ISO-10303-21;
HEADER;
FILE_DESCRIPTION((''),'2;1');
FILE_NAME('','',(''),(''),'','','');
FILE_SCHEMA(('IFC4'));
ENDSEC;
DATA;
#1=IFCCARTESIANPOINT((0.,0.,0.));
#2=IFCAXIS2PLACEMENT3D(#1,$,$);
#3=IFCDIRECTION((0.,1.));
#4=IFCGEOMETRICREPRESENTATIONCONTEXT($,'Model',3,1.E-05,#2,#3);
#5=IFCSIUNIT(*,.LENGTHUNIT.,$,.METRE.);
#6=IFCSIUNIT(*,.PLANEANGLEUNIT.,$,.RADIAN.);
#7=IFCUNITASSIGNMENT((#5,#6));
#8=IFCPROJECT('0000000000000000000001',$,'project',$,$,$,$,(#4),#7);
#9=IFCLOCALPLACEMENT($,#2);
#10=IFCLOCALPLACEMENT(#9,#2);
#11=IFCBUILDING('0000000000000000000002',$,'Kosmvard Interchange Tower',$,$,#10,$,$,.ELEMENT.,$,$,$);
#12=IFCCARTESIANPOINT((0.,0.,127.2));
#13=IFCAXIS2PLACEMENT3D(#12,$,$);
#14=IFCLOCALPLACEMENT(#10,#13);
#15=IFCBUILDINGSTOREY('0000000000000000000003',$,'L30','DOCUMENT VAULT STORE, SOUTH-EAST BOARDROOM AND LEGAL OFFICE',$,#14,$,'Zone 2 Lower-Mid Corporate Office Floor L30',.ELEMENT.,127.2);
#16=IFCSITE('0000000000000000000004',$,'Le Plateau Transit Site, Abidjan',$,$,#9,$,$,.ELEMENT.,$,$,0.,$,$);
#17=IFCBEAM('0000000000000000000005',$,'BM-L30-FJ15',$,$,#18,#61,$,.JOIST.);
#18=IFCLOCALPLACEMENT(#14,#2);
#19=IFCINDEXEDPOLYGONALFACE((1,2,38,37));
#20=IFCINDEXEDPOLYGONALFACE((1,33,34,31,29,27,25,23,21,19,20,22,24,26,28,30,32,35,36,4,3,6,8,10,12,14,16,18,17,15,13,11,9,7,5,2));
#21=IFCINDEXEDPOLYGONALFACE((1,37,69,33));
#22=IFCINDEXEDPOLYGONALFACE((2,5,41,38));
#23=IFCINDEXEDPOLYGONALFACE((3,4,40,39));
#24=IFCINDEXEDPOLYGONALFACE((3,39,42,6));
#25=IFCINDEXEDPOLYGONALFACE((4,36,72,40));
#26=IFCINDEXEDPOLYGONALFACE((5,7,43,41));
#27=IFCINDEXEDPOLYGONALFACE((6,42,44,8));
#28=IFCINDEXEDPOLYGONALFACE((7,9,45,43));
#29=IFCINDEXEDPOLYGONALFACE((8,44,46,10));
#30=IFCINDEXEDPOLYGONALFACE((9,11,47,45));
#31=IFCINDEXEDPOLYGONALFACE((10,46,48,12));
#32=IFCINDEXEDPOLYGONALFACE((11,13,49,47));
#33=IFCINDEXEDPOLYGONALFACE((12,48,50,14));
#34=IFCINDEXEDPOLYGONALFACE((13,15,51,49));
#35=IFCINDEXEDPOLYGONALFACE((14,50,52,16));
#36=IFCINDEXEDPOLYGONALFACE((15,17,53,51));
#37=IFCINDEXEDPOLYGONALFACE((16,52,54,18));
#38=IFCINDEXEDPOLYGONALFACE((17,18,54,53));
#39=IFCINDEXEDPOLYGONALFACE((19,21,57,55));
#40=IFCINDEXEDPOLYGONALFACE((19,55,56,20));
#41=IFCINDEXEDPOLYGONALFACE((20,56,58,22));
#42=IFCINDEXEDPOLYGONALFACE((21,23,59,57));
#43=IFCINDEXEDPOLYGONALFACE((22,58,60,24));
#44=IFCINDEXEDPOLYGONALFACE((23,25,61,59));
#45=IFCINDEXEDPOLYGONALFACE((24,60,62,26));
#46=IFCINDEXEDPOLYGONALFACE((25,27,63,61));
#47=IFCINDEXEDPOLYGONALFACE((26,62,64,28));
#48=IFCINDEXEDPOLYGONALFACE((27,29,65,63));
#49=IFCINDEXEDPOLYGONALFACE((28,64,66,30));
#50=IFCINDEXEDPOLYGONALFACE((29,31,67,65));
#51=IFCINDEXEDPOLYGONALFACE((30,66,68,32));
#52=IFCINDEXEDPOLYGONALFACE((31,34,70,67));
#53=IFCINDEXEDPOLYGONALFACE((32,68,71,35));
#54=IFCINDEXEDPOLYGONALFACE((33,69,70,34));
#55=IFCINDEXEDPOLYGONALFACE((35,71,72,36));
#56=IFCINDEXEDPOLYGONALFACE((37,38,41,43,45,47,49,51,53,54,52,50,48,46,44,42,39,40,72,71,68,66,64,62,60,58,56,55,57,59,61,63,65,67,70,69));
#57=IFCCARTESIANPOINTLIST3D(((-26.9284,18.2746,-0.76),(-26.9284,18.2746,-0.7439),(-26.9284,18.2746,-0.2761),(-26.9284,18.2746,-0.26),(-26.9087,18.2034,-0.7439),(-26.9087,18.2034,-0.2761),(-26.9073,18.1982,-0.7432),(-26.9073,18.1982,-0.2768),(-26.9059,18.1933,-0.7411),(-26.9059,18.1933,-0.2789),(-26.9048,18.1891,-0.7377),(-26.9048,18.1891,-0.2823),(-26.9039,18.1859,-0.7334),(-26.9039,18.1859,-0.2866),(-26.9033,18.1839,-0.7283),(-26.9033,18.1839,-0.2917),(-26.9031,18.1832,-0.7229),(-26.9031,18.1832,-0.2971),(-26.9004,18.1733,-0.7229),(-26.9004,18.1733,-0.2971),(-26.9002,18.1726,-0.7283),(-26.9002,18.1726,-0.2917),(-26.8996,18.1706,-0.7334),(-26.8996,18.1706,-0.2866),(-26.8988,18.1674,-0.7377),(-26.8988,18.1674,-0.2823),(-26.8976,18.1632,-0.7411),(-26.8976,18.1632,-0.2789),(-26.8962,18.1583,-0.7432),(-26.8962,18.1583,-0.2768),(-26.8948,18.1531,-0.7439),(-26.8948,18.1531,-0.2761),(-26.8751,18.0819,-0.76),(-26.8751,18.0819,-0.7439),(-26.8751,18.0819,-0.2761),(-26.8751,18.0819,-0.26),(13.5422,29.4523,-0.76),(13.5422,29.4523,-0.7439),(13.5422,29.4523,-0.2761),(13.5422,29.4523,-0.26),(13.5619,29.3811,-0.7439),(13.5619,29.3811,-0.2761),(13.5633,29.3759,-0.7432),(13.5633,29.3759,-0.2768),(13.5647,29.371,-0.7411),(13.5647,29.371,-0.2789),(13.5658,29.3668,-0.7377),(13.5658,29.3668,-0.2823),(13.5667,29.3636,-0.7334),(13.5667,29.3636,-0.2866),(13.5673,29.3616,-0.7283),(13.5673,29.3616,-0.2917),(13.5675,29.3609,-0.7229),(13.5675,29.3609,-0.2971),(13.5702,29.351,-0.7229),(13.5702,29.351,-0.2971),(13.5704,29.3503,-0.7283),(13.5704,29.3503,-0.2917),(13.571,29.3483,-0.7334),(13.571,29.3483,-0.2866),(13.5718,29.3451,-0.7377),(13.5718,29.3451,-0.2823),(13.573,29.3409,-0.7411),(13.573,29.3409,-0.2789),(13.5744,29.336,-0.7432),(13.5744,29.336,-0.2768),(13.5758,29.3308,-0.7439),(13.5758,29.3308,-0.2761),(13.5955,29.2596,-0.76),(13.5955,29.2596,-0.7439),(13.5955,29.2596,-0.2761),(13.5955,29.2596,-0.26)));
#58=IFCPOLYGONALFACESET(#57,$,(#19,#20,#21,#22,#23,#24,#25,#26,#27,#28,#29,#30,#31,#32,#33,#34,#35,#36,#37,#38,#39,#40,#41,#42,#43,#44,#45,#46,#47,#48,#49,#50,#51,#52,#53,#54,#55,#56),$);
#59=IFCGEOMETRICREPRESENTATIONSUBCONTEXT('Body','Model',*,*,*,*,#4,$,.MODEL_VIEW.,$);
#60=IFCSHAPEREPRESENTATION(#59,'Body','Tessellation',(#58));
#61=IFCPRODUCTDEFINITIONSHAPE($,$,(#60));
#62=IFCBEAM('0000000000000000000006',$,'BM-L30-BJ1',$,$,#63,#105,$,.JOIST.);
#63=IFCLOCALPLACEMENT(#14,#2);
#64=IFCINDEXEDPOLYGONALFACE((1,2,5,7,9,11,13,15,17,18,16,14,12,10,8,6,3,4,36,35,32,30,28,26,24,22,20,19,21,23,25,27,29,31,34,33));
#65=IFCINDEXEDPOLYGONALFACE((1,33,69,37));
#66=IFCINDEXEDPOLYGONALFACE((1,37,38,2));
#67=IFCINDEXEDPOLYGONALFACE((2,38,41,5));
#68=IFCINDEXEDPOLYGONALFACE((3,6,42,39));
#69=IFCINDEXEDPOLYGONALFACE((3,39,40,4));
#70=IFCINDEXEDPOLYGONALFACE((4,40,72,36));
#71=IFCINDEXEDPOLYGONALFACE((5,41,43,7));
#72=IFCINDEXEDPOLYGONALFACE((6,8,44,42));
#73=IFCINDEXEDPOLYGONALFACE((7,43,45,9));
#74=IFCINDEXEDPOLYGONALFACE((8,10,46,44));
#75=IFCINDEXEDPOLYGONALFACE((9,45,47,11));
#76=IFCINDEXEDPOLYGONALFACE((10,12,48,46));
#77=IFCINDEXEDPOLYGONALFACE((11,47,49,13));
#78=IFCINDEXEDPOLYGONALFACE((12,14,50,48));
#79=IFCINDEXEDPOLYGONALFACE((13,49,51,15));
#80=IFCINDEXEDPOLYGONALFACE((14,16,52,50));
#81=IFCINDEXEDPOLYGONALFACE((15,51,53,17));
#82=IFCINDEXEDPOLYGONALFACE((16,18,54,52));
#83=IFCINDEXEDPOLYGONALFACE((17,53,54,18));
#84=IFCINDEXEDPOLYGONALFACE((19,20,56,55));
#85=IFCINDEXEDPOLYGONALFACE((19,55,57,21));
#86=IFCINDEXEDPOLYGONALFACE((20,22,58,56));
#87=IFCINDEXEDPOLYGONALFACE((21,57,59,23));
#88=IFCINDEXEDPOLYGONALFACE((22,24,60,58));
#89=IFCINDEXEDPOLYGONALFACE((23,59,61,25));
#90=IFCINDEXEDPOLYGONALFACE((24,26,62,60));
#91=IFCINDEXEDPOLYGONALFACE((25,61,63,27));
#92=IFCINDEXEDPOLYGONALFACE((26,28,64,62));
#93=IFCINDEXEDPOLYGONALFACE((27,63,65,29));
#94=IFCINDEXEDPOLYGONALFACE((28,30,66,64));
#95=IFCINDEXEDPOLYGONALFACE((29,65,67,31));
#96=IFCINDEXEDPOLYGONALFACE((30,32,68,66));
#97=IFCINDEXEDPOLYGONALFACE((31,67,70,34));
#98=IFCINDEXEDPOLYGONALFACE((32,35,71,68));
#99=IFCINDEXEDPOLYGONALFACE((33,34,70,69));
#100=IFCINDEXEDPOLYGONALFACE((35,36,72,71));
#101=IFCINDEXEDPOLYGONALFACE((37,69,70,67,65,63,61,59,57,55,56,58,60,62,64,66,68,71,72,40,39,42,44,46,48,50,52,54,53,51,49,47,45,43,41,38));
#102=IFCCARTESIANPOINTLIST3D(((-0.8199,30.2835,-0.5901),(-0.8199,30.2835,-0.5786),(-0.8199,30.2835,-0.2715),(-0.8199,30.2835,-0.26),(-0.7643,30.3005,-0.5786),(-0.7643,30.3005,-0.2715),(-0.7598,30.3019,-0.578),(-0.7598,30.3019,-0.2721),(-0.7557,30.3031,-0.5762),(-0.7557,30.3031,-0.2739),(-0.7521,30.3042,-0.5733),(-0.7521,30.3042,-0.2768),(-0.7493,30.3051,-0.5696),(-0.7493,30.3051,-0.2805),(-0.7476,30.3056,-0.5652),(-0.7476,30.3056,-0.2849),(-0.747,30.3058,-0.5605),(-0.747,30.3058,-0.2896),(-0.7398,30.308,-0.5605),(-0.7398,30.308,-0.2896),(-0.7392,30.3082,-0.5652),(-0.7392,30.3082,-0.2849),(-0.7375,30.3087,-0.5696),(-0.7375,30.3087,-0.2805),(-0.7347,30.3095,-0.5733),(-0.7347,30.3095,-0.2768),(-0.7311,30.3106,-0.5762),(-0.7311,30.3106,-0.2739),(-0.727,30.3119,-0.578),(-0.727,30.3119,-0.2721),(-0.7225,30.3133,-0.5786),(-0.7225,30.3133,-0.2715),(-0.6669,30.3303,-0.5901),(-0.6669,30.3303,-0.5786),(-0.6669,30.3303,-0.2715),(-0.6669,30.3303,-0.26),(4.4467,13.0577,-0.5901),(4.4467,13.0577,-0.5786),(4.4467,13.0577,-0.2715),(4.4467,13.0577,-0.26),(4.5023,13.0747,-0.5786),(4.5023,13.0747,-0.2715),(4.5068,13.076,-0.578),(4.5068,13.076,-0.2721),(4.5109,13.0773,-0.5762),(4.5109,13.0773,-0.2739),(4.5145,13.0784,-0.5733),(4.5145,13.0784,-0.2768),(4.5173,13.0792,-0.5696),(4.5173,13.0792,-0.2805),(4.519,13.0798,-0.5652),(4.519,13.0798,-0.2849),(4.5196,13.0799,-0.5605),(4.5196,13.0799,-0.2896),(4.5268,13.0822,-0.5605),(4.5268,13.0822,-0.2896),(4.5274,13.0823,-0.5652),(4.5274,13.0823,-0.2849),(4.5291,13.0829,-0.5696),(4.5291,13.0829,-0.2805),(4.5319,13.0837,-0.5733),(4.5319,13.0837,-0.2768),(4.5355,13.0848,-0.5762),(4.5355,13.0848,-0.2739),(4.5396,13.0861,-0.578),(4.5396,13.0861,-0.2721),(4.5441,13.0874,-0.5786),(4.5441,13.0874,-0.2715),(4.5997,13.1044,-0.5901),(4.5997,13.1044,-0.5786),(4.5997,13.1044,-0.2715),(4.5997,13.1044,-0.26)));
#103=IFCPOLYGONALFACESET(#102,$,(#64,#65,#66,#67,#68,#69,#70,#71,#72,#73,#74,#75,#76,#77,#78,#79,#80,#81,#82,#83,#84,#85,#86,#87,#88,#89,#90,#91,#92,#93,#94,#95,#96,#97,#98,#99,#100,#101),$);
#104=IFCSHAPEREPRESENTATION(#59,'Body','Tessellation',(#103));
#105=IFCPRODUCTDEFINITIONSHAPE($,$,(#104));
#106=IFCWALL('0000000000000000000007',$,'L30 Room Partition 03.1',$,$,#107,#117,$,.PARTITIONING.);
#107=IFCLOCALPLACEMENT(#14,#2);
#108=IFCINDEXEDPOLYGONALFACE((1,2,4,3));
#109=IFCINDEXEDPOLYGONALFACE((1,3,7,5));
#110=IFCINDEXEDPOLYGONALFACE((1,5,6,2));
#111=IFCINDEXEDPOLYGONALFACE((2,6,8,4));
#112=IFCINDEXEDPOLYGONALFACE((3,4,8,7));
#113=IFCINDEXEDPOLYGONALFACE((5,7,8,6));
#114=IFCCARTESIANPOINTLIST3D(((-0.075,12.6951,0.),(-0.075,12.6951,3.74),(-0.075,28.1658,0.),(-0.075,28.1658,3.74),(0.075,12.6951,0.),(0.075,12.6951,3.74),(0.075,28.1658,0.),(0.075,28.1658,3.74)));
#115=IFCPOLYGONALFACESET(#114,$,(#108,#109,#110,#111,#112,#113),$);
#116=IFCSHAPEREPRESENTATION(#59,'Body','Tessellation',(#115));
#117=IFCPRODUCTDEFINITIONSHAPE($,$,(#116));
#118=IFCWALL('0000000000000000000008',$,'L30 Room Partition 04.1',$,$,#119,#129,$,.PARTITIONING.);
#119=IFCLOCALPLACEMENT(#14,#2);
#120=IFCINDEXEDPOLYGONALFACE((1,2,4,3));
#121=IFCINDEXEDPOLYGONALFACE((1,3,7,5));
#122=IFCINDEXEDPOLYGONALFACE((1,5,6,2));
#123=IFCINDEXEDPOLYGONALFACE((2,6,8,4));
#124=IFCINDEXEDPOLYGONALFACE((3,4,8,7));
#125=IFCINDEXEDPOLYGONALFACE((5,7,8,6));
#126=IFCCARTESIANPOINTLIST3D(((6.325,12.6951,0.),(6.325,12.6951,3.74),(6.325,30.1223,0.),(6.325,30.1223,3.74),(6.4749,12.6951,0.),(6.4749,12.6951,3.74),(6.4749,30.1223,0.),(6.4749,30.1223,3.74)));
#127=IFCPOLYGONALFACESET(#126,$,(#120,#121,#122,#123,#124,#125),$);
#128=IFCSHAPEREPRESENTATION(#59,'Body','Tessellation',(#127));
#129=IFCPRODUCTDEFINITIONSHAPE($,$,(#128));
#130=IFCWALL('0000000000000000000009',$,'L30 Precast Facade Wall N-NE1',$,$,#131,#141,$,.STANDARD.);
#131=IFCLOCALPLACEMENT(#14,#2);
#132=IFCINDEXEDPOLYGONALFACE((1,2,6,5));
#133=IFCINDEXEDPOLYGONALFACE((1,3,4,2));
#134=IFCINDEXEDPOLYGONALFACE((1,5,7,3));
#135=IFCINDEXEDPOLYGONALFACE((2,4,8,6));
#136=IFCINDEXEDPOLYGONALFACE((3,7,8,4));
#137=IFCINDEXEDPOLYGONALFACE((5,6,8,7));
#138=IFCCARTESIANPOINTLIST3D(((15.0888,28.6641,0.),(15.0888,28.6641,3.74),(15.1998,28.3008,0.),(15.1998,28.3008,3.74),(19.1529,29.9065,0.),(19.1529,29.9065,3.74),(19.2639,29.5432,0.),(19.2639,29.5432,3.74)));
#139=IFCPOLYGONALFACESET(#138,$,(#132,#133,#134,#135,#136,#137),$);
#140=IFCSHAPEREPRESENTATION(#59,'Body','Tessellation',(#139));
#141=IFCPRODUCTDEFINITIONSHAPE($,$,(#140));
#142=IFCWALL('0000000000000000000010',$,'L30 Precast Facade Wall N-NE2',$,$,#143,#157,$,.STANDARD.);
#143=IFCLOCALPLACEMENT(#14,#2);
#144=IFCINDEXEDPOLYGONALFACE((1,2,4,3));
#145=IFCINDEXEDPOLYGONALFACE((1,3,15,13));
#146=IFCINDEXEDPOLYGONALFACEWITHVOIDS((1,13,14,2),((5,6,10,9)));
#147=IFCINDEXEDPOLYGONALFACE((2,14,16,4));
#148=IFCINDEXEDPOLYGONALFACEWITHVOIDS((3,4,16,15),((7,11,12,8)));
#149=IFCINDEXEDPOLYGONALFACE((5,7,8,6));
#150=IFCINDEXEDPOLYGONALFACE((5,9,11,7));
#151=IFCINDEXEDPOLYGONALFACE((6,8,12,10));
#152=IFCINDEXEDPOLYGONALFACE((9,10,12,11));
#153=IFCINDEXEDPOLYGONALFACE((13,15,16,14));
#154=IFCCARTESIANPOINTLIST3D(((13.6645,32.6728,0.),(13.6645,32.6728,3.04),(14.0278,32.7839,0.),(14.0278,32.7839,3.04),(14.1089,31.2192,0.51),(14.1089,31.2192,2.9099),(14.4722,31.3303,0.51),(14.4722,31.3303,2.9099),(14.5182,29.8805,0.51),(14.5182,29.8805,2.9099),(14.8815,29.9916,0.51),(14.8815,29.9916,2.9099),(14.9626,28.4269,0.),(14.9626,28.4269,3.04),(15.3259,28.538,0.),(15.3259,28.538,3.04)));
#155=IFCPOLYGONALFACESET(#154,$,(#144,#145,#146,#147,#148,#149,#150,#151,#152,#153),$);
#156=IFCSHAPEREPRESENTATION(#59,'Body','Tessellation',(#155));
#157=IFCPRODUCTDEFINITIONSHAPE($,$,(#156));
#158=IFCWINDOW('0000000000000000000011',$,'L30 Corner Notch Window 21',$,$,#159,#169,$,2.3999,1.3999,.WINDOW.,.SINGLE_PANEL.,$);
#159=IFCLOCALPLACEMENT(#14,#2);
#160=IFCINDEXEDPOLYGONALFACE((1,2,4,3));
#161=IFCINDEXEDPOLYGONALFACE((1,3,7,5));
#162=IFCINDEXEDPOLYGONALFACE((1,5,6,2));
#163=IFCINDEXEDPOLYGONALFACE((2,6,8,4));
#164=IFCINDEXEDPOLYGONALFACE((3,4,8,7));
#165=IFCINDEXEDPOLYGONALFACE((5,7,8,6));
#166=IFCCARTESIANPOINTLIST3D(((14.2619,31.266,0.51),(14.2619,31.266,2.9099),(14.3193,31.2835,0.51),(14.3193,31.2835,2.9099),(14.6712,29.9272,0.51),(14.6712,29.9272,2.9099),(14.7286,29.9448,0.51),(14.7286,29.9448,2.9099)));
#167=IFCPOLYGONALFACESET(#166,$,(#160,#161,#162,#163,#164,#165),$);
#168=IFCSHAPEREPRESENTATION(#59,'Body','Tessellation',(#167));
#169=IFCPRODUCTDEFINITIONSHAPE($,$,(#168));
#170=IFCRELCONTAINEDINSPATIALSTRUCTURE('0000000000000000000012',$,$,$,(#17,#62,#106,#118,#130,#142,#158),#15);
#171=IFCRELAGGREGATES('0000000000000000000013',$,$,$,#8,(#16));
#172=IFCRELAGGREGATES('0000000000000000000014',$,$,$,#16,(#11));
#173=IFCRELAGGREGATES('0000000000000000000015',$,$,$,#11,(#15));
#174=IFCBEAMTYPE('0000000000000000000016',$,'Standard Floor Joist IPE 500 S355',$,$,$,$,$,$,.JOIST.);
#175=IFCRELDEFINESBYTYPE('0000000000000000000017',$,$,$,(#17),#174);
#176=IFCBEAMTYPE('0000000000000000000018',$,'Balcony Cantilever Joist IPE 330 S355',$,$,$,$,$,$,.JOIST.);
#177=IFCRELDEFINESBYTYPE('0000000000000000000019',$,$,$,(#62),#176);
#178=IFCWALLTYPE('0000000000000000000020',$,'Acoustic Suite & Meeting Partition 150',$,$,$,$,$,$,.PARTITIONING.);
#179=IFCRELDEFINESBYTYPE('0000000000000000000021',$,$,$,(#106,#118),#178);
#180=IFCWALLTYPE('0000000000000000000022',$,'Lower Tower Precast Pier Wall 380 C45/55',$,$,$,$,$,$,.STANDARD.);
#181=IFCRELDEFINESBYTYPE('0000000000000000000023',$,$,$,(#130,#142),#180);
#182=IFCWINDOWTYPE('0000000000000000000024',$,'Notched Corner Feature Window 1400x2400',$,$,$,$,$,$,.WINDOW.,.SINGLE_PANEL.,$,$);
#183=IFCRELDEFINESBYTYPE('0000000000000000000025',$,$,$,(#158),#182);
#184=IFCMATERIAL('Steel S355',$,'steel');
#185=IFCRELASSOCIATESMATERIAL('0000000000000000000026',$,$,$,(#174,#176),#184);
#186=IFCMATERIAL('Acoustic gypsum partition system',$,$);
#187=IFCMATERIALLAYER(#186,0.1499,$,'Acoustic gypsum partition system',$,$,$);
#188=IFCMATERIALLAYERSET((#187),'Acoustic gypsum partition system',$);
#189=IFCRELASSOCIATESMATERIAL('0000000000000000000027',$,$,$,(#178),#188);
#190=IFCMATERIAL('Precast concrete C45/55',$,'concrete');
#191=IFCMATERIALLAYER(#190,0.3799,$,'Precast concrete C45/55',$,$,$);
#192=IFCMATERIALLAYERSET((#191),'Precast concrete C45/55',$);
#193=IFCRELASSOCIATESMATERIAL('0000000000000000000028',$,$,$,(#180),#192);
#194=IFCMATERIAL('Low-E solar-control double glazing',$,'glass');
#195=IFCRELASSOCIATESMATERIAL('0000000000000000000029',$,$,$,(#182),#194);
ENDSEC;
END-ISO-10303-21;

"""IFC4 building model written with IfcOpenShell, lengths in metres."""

from ifc_helpers import new_model, si_unit, direction, frame, frame_2d, origin, origin_2d, place, context, subcontext, project, spatial, rectangle, i_section, extrude, source, transform, mapped, material, layer, layer_set, material_profile, profile_set, type_object, element, fill, save


model = new_model("IFC4")

# Units and contexts
model_context = context("Model", 3, precision=1e-05, world=origin(), true_north=direction((0.0, 1.0)))
body_context = subcontext(model_context, "Body", "Model", "MODEL_VIEW")
ifc_project = project(units=[si_unit("LENGTHUNIT", "METRE"), si_unit("PLANEANGLEUNIT", "RADIAN")], contexts=[model_context])

# Site, building, storey
site_placement = place(None, origin())
site = spatial("IfcSite", under=ifc_project, at=site_placement, Name="Le Plateau Transit Site, Abidjan", CompositionType="ELEMENT", RefElevation=0.0)
building_placement = place(site_placement, origin())
building = spatial("IfcBuilding", under=site, at=building_placement, Name="Kosmvard Interchange Tower", CompositionType="ELEMENT")
storey_placement = place(building_placement, frame((0.0, 0.0, 127.2)))
storey = spatial("IfcBuildingStorey", under=building, at=storey_placement, Name="L30", Description="DOCUMENT VAULT STORE, SOUTH-EAST BOARDROOM AND LEGAL OFFICE", LongName="Zone 2 Lower-Mid Corporate Office Floor L30", CompositionType="ELEMENT", Elevation=127.2)

# Beams
ifc_material_1 = material(Name="Steel S355", Category="steel")
ifc_material_2 = material(Name="Precast concrete C45/55", Category="concrete")
ifc_material_profile_1 = material_profile(ifc_material_1, i_section(OverallWidth=0.2, OverallDepth=0.5, WebThickness=0.0103, FlangeThickness=0.0161, FilletRadius=0.021, at=origin_2d()), Name="IPE 500")
ifc_profile_set_1 = profile_set([ifc_material_profile_1], Name="Steel S355")
beam_type_1 = type_object("IfcBeamType", Name="Standard Floor Joist IPE 500 S355", PredefinedType="JOIST", material=ifc_profile_set_1)
shared_shape_1 = source(origin(), body_context, "Body", "SweptSolid", [
    extrude(i_section(OverallWidth=0.2, OverallDepth=0.5, WebThickness=0.0103, FlangeThickness=0.0161, FilletRadius=0.021, at=origin_2d()), origin(), (0.0, 0.0, 1.0), 41.9858),
])
beam_1_placement = place(storey_placement, frame((13.5688, 29.356, -0.51), z_axis=(-0.963911, -0.266226, 0.0), x_axis=(0.266226, -0.963911, 0.0)))
element("IfcBeam", 1, at=beam_1_placement, inside=storey, type_object=beam_type_1, Name="BM-L30-FJ15", PredefinedType="JOIST", context=body_context, shape_type="MappedRepresentation", body=[
    mapped(shared_shape_1, transform((0.0, 0.0, 0.0), scale=1.0)),
])
ifc_material_profile_2 = material_profile(ifc_material_1, i_section(OverallWidth=0.1599, OverallDepth=0.3301, WebThickness=0.0076, FlangeThickness=0.0115, FilletRadius=0.0181, at=origin_2d()), Name="IPE 330")
ifc_profile_set_2 = profile_set([ifc_material_profile_2], Name="Steel S355")
beam_type_2 = type_object("IfcBeamType", Name="Balcony Cantilever Joist IPE 330 S355", PredefinedType="JOIST", material=ifc_profile_set_2)
shared_shape_2 = source(origin(), body_context, "Body", "SweptSolid", [
    extrude(i_section(OverallWidth=0.1599, OverallDepth=0.3301, WebThickness=0.0076, FlangeThickness=0.0115, FilletRadius=0.0181, at=origin_2d()), origin(), (0.0, 0.0, 1.0), 18.0129),
])
beam_2_placement = place(storey_placement, frame((4.5232, 13.0811, -0.425), z_axis=(-0.292379, 0.956303, 0.0), x_axis=(-0.956303, -0.292379, 0.0)))
element("IfcBeam", 2, at=beam_2_placement, inside=storey, type_object=beam_type_2, Name="BM-L30-BJ1", PredefinedType="JOIST", context=body_context, shape_type="MappedRepresentation", body=[
    mapped(shared_shape_2, transform((0.0, 0.0, 0.0), scale=1.0)),
])

# Walls
ifc_material_3 = material(Name="Acoustic gypsum partition system")
ifc_layer_1 = layer(ifc_material_3, 0.1499, Name="Acoustic gypsum partition system")
ifc_layer_set_1 = layer_set([ifc_layer_1], Name="Acoustic gypsum partition system")
wall_type_1 = type_object("IfcWallType", Name="Acoustic Suite & Meeting Partition 150", PredefinedType="PARTITIONING", material=ifc_layer_set_1)
wall_1_placement = place(storey_placement, frame((0.0, 12.6951, 0.0), z_axis=(0.0, 0.0, 1.0), x_axis=(0.0, 1.0, 0.0)))
element("IfcWall", 3, at=wall_1_placement, inside=storey, type_object=wall_type_1, Name="L30 Room Partition 03.1", PredefinedType="PARTITIONING", context=body_context, shape_type="SweptSolid", body=[
    extrude(rectangle(XDim=15.4707, YDim=0.1499, at=frame_2d((7.7354, 0.0))), origin(), (0.0, 0.0, 1.0), 3.74),
])
wall_2_placement = place(storey_placement, frame((6.3999, 12.6951, 0.0), z_axis=(0.0, 0.0, 1.0), x_axis=(0.0, 1.0, 0.0)))
element("IfcWall", 4, at=wall_2_placement, inside=storey, type_object=wall_type_1, Name="L30 Room Partition 04.1", PredefinedType="PARTITIONING", context=body_context, shape_type="SweptSolid", body=[
    extrude(rectangle(XDim=17.4272, YDim=0.1499, at=frame_2d((8.7136, 0.0))), origin(), (0.0, 0.0, 1.0), 3.74),
])
ifc_layer_2 = layer(ifc_material_2, 0.3799, Name="Precast concrete C45/55")
ifc_layer_set_2 = layer_set([ifc_layer_2], Name="Precast concrete C45/55")
wall_type_2 = type_object("IfcWallType", Name="Lower Tower Precast Pier Wall 380 C45/55", PredefinedType="STANDARD", material=ifc_layer_set_2)
wall_3_placement = place(storey_placement, frame((19.2085, 29.7249, 0.0), z_axis=(0.0, 0.0, 1.0), x_axis=(-0.956313, -0.292346, 0.0)))
element("IfcWall", 5, at=wall_3_placement, inside=storey, type_object=wall_type_2, Name="L30 Precast Facade Wall N-NE1", PredefinedType="STANDARD", context=body_context, shape_type="SweptSolid", body=[
    extrude(rectangle(XDim=4.2498, YDim=0.3799, at=frame_2d((2.125, 0.0))), origin(), (0.0, 0.0, 1.0), 3.74),
])

# Wall, opening, window
wall_4_placement = place(storey_placement, frame((15.1443, 28.4824, 0.0), z_axis=(0.0, 0.0, 1.0), x_axis=(-0.292374, 0.956304, 0.0)))
wall_4 = element("IfcWall", 6, at=wall_4_placement, inside=storey, type_object=wall_type_2, Name="L30 Precast Facade Wall N-NE2", PredefinedType="STANDARD", context=body_context, shape_type="SweptSolid", body=[
    extrude(rectangle(XDim=4.4399, YDim=0.3799, at=frame_2d((2.22, 0.0))), origin(), (0.0, 0.0, 1.0), 3.04),
])
opening_1_placement = place(wall_4_placement, frame((1.52, 0.0, 0.51)))
opening_1 = element("IfcOpeningElement", 7, at=opening_1_placement, cuts=wall_4, PredefinedType="OPENING", context=body_context, shape_type="SweptSolid", body=[
    extrude(rectangle(XDim=1.3999, YDim=2.3999, at=frame_2d((0.7, 1.2))), frame((0.0, 0.2, 0.0), z_axis=(0.0, -1.0, 0.0), x_axis=(1.0, 0.0, 0.0)), (0.0, 0.0, 1.0), 0.3999),
])
ifc_material_4 = material(Name="Low-E solar-control double glazing", Category="glass")
window_type_1 = type_object("IfcWindowType", Name="Notched Corner Feature Window 1400x2400", PartitioningType="SINGLE_PANEL", PredefinedType="WINDOW", material=ifc_material_4)
shared_shape_3 = source(origin(), body_context, "Body", "SweptSolid", [
    extrude(rectangle(XDim=1.3999, YDim=2.3999, at=frame_2d((0.7, 1.2))), frame((0.0, 0.03, 0.0), z_axis=(0.0, -1.0, 0.0), x_axis=(1.0, 0.0, 0.0)), (0.0, 0.0, 1.0), 0.0601),
])
window_1_placement = place(opening_1_placement, origin())
window_1 = element("IfcWindow", 8, at=window_1_placement, inside=storey, type_object=window_type_1, Name="L30 Corner Notch Window 21", OverallHeight=2.3999, OverallWidth=1.3999, PartitioningType="SINGLE_PANEL", PredefinedType="WINDOW", context=body_context, shape_type="MappedRepresentation", body=[
    mapped(shared_shape_3, transform((0.0, 0.0, 0.0), scale=1.0)),
])
fill(opening_1, window_1)

save(model, "model.ifc")
